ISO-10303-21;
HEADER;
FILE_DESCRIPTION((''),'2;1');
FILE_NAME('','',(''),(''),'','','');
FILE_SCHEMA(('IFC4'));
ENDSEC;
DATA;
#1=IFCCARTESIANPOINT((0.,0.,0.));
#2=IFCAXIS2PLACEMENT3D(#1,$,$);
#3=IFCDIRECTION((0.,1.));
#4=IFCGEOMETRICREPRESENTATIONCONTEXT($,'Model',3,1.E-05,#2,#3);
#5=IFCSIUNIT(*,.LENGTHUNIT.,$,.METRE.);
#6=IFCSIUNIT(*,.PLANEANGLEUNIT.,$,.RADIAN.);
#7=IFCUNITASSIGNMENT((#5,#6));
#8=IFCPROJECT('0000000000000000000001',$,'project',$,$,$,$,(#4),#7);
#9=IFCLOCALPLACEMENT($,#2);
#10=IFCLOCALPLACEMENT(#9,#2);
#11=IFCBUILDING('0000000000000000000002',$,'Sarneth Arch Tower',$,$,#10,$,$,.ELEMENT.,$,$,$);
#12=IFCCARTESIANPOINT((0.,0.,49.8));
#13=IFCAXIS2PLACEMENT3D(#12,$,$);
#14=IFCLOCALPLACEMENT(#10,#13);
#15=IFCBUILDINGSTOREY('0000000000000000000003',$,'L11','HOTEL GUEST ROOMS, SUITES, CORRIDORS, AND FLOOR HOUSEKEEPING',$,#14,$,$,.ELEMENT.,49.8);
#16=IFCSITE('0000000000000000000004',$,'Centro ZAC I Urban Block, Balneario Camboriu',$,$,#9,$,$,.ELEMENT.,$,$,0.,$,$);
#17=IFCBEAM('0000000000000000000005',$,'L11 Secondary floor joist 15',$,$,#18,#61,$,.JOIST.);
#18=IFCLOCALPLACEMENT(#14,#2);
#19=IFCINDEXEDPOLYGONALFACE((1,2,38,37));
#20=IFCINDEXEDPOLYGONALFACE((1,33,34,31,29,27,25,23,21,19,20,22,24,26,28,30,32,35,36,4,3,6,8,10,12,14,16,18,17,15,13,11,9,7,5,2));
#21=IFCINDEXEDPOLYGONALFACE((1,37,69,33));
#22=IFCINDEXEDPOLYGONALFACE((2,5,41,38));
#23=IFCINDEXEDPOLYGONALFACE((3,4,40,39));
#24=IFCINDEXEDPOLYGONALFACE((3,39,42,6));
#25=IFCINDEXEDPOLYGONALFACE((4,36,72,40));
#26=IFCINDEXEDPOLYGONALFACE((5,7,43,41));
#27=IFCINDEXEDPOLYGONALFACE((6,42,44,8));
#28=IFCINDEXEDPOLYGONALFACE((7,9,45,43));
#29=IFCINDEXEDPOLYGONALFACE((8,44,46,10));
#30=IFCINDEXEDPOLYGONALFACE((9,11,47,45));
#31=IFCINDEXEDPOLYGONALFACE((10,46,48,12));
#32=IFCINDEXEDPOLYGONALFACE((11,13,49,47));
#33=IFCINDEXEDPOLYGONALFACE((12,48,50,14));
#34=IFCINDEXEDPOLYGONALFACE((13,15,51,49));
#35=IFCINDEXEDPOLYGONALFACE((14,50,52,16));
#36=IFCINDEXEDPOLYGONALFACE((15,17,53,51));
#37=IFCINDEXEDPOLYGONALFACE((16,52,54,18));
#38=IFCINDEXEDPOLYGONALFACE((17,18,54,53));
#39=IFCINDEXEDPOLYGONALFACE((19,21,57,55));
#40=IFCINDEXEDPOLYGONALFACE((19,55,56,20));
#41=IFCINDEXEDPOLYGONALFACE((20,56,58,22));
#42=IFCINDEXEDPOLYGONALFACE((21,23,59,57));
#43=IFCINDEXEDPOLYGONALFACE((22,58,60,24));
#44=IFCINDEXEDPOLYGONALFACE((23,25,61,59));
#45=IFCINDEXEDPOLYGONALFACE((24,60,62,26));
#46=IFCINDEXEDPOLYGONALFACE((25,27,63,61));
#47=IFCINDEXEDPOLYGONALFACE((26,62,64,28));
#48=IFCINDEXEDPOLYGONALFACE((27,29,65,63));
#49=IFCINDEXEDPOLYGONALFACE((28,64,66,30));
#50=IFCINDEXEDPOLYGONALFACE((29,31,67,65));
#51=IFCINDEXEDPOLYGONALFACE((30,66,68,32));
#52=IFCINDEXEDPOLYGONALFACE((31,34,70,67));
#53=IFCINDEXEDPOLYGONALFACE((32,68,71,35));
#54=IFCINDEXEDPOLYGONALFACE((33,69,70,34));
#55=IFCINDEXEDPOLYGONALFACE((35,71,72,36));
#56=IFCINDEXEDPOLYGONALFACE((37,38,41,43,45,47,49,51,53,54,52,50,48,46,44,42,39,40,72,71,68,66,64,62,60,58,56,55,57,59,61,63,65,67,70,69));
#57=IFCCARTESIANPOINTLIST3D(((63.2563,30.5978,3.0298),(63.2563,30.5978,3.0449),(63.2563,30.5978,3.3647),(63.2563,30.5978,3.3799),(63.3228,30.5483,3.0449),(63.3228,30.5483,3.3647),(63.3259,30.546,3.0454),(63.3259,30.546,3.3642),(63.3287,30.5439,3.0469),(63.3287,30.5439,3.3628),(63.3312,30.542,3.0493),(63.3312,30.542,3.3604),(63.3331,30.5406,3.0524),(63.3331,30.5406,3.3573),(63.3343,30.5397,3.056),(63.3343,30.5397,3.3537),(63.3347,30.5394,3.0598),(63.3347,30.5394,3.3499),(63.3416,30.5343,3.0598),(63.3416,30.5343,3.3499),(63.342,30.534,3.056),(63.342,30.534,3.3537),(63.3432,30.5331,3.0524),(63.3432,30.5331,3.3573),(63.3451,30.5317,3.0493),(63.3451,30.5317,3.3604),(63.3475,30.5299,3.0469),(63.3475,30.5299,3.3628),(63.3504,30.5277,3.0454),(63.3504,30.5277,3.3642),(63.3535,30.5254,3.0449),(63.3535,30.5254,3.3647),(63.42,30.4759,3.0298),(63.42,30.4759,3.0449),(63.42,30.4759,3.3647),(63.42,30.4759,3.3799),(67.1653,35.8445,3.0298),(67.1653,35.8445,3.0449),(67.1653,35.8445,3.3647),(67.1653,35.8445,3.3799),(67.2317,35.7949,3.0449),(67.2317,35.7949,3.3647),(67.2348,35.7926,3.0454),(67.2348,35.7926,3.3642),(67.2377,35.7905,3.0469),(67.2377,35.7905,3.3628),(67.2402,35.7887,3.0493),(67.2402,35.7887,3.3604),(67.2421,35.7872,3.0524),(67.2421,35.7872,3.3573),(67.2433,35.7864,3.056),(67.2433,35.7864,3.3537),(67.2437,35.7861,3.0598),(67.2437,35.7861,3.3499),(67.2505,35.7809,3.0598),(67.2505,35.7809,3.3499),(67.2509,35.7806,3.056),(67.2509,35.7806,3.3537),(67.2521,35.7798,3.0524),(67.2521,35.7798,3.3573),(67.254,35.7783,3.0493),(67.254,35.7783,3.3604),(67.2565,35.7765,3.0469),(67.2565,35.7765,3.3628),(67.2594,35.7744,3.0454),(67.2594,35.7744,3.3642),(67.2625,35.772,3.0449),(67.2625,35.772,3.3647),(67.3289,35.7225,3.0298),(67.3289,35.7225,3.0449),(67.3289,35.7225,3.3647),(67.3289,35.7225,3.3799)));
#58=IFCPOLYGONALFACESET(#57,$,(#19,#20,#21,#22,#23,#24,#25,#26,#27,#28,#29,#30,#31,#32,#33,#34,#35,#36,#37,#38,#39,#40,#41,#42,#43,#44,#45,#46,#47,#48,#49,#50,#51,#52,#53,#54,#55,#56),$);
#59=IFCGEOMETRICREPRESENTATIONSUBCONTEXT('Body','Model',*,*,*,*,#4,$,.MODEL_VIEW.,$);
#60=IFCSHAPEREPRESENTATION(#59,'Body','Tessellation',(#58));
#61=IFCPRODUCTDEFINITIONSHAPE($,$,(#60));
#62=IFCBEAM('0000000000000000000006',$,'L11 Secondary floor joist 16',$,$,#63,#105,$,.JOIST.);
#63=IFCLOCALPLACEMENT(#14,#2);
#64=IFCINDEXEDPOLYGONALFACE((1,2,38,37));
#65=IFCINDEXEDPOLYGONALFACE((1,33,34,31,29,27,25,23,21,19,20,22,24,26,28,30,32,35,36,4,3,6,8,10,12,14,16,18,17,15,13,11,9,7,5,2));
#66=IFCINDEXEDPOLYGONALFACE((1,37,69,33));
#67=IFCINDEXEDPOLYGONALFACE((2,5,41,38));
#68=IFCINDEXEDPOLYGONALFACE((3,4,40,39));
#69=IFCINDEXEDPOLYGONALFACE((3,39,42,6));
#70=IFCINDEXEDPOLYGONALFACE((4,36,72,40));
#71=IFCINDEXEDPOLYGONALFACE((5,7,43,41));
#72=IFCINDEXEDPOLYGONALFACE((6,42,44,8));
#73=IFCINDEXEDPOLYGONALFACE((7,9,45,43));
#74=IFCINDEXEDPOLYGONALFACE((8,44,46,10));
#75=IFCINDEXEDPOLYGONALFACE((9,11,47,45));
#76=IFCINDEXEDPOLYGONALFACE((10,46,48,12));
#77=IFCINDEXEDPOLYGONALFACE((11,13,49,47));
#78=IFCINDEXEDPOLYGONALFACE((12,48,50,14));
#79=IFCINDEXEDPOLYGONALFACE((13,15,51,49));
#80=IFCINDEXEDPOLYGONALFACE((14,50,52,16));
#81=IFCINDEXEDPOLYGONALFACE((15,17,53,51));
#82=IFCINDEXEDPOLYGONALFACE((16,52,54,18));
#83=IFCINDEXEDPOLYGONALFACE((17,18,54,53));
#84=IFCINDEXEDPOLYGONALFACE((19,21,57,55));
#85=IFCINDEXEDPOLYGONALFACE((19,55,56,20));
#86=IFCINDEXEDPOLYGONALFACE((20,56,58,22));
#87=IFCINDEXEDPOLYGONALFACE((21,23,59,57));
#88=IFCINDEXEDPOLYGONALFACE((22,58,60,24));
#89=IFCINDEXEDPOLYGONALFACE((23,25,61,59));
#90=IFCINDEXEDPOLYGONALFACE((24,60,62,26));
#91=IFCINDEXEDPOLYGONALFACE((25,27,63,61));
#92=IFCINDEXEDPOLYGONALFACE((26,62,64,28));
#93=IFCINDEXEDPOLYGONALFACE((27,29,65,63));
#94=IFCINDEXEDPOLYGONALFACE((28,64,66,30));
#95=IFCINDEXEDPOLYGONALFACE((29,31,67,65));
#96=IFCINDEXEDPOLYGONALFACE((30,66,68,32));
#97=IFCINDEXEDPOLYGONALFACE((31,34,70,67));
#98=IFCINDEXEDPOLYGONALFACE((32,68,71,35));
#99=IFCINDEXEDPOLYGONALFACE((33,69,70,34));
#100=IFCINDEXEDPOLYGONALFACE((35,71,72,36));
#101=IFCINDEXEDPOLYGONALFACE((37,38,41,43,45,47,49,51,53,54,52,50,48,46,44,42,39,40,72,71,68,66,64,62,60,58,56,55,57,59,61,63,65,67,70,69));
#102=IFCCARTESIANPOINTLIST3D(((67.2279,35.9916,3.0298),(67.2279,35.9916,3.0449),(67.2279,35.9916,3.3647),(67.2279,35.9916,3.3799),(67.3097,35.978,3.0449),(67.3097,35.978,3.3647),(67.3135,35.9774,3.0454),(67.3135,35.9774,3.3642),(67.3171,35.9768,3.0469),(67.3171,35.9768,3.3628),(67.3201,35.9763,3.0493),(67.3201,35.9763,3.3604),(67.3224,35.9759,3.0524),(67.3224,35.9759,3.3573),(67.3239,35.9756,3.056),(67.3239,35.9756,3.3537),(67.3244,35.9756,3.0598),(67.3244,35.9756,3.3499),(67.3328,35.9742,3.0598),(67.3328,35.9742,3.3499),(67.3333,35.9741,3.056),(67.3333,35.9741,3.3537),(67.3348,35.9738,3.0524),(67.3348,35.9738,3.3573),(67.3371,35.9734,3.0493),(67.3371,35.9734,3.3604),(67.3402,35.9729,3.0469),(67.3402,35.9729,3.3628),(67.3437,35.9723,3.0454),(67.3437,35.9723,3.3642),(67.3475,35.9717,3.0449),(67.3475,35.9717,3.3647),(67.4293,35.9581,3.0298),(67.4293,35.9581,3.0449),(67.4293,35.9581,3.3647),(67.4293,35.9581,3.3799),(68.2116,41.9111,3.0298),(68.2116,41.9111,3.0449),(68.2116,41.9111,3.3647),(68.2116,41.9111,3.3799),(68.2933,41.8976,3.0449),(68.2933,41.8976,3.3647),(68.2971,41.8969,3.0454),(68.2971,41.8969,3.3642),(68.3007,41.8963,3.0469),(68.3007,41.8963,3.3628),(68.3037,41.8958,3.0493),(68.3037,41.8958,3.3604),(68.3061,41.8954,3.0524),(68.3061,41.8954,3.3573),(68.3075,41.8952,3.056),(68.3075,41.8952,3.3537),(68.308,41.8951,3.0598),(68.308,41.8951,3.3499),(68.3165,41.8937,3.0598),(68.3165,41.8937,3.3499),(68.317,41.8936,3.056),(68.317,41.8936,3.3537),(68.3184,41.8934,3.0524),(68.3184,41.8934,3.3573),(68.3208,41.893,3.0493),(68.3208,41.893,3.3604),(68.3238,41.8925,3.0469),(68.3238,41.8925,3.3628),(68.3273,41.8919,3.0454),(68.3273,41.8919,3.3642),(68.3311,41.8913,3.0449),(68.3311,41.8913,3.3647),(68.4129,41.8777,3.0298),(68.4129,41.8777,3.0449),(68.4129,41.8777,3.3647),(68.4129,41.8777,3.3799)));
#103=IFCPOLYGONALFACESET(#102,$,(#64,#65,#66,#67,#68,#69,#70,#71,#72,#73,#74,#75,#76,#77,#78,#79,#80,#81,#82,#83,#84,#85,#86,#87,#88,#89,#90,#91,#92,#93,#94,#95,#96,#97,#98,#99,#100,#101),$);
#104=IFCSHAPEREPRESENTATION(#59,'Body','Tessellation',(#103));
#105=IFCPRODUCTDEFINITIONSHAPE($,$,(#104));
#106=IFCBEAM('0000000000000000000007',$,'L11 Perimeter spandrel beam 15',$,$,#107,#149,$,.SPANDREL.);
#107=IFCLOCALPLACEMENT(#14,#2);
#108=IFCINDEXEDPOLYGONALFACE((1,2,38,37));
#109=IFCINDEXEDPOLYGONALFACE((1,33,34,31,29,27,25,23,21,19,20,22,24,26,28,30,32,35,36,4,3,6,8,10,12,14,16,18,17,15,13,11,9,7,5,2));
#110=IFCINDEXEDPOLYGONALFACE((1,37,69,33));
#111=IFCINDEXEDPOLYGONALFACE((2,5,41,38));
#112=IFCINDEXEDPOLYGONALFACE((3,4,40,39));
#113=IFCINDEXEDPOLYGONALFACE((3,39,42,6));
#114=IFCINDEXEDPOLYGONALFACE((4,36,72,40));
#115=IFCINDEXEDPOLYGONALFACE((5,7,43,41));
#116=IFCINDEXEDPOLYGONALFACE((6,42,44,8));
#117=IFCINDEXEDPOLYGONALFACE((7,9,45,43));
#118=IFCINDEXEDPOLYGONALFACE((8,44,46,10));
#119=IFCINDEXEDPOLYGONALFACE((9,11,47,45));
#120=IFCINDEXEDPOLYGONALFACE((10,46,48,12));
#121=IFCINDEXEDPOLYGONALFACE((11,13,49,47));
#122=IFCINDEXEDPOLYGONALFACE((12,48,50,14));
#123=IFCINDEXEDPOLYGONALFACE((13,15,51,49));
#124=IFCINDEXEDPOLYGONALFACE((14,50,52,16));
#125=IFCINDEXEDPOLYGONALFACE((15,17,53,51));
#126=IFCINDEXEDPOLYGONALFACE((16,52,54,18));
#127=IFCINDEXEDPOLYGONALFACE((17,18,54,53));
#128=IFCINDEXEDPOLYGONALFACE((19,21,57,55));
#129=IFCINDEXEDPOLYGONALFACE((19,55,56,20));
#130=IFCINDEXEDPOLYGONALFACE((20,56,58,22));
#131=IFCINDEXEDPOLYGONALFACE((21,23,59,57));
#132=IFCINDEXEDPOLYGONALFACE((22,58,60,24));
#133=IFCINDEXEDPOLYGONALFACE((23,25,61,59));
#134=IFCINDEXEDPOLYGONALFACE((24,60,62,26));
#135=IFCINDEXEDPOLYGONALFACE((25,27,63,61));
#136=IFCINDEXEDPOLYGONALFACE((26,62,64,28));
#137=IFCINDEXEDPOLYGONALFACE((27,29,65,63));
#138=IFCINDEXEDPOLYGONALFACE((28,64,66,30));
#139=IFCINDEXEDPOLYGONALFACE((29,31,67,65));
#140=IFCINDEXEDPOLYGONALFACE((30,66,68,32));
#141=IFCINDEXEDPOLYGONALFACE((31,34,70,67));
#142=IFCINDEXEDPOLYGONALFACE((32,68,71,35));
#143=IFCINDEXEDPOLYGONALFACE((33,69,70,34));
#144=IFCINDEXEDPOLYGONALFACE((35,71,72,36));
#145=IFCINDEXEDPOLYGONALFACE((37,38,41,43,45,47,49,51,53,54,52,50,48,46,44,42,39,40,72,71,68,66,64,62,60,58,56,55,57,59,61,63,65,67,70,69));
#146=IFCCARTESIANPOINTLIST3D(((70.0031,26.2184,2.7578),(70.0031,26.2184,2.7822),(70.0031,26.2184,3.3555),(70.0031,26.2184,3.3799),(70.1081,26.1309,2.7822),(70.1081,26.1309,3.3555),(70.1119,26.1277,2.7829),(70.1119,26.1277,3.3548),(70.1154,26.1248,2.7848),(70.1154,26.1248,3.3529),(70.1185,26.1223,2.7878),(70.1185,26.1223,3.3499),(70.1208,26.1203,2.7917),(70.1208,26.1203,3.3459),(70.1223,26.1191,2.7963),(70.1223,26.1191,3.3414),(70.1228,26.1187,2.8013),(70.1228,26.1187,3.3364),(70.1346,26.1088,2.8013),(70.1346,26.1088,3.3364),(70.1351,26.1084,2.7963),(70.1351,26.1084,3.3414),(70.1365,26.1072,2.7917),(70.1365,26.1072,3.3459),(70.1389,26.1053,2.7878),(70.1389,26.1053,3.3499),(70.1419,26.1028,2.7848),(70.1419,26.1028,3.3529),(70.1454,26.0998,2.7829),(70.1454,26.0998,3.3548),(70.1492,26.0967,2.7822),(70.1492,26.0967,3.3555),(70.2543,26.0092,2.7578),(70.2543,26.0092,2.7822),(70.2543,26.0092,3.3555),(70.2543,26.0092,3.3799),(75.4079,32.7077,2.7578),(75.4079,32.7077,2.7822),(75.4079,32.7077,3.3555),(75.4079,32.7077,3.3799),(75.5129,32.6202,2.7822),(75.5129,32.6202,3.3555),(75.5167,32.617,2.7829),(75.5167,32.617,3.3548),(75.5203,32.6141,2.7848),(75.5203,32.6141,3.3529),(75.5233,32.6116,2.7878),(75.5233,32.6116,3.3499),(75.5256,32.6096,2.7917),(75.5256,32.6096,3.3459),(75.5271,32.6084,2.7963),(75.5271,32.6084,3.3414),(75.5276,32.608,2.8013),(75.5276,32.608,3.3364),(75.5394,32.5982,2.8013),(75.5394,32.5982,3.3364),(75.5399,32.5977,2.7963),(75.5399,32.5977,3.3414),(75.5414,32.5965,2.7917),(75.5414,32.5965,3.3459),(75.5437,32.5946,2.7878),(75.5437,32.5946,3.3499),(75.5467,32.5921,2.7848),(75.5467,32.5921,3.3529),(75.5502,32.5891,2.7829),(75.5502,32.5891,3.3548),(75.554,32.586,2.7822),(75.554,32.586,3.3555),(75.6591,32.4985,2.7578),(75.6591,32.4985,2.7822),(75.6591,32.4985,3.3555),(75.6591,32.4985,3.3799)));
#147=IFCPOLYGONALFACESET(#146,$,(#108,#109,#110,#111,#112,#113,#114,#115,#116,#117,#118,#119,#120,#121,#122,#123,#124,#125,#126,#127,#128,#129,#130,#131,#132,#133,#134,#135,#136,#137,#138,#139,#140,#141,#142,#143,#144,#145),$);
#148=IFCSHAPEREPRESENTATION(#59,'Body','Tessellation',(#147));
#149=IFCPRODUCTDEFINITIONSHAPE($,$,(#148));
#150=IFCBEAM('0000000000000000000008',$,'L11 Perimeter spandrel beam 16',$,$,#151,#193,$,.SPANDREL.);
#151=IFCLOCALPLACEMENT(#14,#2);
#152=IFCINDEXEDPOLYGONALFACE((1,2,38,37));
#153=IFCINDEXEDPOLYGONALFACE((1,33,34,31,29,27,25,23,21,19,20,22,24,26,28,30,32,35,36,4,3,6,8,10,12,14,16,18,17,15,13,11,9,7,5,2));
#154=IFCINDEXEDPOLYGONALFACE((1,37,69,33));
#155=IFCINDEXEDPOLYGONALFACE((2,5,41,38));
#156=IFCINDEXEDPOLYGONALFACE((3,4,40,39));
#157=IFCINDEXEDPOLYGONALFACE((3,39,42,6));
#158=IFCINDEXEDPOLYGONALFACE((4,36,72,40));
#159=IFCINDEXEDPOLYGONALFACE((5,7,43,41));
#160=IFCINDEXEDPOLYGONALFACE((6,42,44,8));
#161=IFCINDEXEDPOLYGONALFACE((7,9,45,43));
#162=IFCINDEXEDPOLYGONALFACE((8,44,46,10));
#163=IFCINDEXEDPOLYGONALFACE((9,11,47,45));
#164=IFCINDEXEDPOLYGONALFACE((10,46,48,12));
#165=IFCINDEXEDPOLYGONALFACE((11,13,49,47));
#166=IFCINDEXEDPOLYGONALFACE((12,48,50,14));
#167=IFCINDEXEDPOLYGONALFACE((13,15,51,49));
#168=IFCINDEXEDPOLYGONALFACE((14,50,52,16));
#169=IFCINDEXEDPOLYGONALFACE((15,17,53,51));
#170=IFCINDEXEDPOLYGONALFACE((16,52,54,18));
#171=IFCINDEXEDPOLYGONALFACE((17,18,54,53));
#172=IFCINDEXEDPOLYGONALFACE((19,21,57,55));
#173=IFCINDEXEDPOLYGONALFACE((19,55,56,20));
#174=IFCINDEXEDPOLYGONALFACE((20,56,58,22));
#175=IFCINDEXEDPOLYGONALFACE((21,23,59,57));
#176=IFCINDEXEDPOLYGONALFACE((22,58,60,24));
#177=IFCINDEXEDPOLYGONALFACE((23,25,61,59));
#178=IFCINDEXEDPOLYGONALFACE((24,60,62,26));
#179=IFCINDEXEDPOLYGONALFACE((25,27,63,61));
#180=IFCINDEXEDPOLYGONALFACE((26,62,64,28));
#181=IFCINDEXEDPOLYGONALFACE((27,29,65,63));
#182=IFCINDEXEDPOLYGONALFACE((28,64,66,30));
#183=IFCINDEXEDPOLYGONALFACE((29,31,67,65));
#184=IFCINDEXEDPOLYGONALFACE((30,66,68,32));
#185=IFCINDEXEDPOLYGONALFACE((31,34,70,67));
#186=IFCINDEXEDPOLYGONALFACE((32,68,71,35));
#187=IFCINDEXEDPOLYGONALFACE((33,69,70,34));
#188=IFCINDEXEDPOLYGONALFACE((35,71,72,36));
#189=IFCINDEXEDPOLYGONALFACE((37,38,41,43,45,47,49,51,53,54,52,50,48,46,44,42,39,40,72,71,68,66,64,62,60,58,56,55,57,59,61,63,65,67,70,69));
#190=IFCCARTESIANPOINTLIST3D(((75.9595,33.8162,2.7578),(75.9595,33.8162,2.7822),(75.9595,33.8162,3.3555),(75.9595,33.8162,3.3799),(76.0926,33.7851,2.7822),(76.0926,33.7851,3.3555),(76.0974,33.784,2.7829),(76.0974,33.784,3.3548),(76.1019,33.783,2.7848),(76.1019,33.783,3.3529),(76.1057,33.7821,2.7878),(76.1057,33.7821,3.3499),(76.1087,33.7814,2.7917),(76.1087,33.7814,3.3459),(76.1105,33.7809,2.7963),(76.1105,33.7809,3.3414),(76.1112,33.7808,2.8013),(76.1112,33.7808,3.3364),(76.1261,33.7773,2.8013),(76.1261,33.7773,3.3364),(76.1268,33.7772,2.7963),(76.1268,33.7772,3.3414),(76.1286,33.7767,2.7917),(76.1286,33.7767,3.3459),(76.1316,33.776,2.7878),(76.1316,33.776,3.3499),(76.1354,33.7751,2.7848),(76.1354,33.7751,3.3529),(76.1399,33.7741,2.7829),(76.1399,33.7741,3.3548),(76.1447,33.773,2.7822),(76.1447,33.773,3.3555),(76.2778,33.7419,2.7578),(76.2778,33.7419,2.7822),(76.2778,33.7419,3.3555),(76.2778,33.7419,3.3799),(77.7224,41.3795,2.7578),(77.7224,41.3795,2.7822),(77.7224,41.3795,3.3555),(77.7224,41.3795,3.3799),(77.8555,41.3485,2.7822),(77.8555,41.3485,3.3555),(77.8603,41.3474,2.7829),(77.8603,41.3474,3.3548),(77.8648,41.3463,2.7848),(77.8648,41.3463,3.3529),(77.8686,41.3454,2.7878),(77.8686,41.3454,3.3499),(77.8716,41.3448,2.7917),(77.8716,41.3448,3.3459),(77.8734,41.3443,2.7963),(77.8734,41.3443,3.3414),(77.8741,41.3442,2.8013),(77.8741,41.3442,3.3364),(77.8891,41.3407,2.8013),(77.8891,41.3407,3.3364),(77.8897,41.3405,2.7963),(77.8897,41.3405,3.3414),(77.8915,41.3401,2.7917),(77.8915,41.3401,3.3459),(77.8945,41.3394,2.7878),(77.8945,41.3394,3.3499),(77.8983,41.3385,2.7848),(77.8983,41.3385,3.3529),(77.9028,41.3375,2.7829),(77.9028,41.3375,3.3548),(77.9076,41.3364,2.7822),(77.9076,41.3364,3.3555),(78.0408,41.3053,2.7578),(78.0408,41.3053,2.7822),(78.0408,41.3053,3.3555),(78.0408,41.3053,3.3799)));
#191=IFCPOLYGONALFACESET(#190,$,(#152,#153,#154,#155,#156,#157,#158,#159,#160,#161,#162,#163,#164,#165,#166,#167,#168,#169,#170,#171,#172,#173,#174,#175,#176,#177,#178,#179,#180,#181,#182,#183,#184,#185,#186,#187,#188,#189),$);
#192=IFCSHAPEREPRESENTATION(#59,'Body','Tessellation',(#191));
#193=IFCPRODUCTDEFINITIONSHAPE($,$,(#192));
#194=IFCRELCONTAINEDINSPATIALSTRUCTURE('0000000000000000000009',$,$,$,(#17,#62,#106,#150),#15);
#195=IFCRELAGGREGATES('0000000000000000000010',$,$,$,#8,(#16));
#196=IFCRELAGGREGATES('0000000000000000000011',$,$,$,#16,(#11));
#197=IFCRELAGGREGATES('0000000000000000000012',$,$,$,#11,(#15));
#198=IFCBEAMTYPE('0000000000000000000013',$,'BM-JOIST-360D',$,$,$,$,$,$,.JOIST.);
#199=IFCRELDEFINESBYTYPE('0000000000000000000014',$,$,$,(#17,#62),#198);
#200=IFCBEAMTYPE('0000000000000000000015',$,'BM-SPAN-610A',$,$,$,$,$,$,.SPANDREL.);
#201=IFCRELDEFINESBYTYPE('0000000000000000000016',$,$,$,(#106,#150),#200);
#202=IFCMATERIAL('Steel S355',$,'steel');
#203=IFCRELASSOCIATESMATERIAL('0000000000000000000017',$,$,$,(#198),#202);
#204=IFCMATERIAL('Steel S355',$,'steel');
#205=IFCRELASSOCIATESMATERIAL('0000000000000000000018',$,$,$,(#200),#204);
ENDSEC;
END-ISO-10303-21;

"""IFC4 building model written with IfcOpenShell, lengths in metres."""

from ifc_helpers import new_model, si_unit, direction, frame, origin, origin_2d, place, context, subcontext, project, spatial, i_section, extrude, material, material_profile, profile_set, type_object, element, save


model = new_model("IFC4")

# Units and contexts
model_context = context("Model", 3, precision=1e-05, world=origin(), true_north=direction((0.0, 1.0)))
body_context = subcontext(model_context, "Body", "Model", "MODEL_VIEW")
ifc_project = project(units=[si_unit("LENGTHUNIT", "METRE"), si_unit("PLANEANGLEUNIT", "RADIAN")], contexts=[model_context])

# Site, building, storey
site_placement = place(None, origin())
site = spatial("IfcSite", under=ifc_project, at=site_placement, Name="Centro ZAC I Urban Block, Balneario Camboriu", CompositionType="ELEMENT", RefElevation=0.0)
building_placement = place(site_placement, origin())
building = spatial("IfcBuilding", under=site, at=building_placement, Name="Sarneth Arch Tower", CompositionType="ELEMENT")
storey_placement = place(building_placement, frame((0.0, 0.0, 49.8)))
storey = spatial("IfcBuildingStorey", under=building, at=storey_placement, Name="L11", Description="HOTEL GUEST ROOMS, SUITES, CORRIDORS, AND FLOOR HOUSEKEEPING", CompositionType="ELEMENT", Elevation=49.8)

# Beams
ifc_material_1 = material(Name="Steel S355", Category="steel")
ifc_material_profile_1 = material_profile(ifc_material_1, i_section(OverallWidth=0.2041, OverallDepth=0.3501, WebThickness=0.0085, FlangeThickness=0.0151, FilletRadius=0.0149, at=origin_2d()), Name="W360x72")
ifc_profile_set_1 = profile_set([ifc_material_profile_1], Name="Steel S355")
beam_type_1 = type_object("IfcBeamType", Name="BM-JOIST-360D", PredefinedType="JOIST", material=ifc_profile_set_1)
beam_1_placement = place(storey_placement, frame((63.3381, 30.5369, 3.2048), z_axis=(0.597454, 0.801904, 0.0), x_axis=(-0.801904, 0.597454, 0.0)))
element("IfcBeam", 1, at=beam_1_placement, inside=storey, type_object=beam_type_1, Name="L11 Secondary floor joist 15", PredefinedType="JOIST", context=body_context, shape_type="SweptSolid", body=[
    extrude(i_section(OverallWidth=0.2041, OverallDepth=0.3501, WebThickness=0.0085, FlangeThickness=0.0151, FilletRadius=0.0149, at=origin_2d()), origin(), (0.0, 0.0, 1.0), 6.5427),
])
beam_2_placement = place(storey_placement, frame((67.3286, 35.9749, 3.2048), z_axis=(0.163917, 0.986474, 0.0), x_axis=(-0.986474, 0.163917, 0.0)))
element("IfcBeam", 2, at=beam_2_placement, inside=storey, type_object=beam_type_1, Name="L11 Secondary floor joist 16", PredefinedType="JOIST", context=body_context, shape_type="SweptSolid", body=[
    extrude(i_section(OverallWidth=0.2041, OverallDepth=0.3501, WebThickness=0.0085, FlangeThickness=0.0151, FilletRadius=0.0149, at=origin_2d()), origin(), (0.0, 0.0, 1.0), 6.0007),
])
ifc_material_2 = material(Name="Steel S355", Category="steel")
ifc_material_profile_2 = material_profile(ifc_material_2, i_section(OverallWidth=0.3269, OverallDepth=0.6221, WebThickness=0.0154, FlangeThickness=0.0244, FilletRadius=0.019, at=origin_2d()), Name="W610x195")
ifc_profile_set_2 = profile_set([ifc_material_profile_2], Name="Steel S355")
beam_type_2 = type_object("IfcBeamType", Name="BM-SPAN-610A", PredefinedType="SPANDREL", material=ifc_profile_set_2)
beam_3_placement = place(storey_placement, frame((70.1287, 26.1138, 3.0688), z_axis=(0.63998, 0.768392, 0.0), x_axis=(-0.768392, 0.63998, 0.0)))
element("IfcBeam", 3, at=beam_3_placement, inside=storey, type_object=beam_type_2, Name="L11 Perimeter spandrel beam 15", PredefinedType="SPANDREL", context=body_context, shape_type="SweptSolid", body=[
    extrude(i_section(OverallWidth=0.3269, OverallDepth=0.6221, WebThickness=0.0154, FlangeThickness=0.0244, FilletRadius=0.019, at=origin_2d()), origin(), (0.0, 0.0, 1.0), 8.4453),
])
beam_4_placement = place(storey_placement, frame((76.1187, 33.7791, 3.0688), z_axis=(0.227001, 0.973895, 0.0), x_axis=(-0.973895, 0.227001, 0.0)))
element("IfcBeam", 4, at=beam_4_placement, inside=storey, type_object=beam_type_2, Name="L11 Perimeter spandrel beam 16", PredefinedType="SPANDREL", context=body_context, shape_type="SweptSolid", body=[
    extrude(i_section(OverallWidth=0.3269, OverallDepth=0.6221, WebThickness=0.0154, FlangeThickness=0.0244, FilletRadius=0.019, at=origin_2d()), origin(), (0.0, 0.0, 1.0), 7.7661),
])

save(model, "model.ifc")
